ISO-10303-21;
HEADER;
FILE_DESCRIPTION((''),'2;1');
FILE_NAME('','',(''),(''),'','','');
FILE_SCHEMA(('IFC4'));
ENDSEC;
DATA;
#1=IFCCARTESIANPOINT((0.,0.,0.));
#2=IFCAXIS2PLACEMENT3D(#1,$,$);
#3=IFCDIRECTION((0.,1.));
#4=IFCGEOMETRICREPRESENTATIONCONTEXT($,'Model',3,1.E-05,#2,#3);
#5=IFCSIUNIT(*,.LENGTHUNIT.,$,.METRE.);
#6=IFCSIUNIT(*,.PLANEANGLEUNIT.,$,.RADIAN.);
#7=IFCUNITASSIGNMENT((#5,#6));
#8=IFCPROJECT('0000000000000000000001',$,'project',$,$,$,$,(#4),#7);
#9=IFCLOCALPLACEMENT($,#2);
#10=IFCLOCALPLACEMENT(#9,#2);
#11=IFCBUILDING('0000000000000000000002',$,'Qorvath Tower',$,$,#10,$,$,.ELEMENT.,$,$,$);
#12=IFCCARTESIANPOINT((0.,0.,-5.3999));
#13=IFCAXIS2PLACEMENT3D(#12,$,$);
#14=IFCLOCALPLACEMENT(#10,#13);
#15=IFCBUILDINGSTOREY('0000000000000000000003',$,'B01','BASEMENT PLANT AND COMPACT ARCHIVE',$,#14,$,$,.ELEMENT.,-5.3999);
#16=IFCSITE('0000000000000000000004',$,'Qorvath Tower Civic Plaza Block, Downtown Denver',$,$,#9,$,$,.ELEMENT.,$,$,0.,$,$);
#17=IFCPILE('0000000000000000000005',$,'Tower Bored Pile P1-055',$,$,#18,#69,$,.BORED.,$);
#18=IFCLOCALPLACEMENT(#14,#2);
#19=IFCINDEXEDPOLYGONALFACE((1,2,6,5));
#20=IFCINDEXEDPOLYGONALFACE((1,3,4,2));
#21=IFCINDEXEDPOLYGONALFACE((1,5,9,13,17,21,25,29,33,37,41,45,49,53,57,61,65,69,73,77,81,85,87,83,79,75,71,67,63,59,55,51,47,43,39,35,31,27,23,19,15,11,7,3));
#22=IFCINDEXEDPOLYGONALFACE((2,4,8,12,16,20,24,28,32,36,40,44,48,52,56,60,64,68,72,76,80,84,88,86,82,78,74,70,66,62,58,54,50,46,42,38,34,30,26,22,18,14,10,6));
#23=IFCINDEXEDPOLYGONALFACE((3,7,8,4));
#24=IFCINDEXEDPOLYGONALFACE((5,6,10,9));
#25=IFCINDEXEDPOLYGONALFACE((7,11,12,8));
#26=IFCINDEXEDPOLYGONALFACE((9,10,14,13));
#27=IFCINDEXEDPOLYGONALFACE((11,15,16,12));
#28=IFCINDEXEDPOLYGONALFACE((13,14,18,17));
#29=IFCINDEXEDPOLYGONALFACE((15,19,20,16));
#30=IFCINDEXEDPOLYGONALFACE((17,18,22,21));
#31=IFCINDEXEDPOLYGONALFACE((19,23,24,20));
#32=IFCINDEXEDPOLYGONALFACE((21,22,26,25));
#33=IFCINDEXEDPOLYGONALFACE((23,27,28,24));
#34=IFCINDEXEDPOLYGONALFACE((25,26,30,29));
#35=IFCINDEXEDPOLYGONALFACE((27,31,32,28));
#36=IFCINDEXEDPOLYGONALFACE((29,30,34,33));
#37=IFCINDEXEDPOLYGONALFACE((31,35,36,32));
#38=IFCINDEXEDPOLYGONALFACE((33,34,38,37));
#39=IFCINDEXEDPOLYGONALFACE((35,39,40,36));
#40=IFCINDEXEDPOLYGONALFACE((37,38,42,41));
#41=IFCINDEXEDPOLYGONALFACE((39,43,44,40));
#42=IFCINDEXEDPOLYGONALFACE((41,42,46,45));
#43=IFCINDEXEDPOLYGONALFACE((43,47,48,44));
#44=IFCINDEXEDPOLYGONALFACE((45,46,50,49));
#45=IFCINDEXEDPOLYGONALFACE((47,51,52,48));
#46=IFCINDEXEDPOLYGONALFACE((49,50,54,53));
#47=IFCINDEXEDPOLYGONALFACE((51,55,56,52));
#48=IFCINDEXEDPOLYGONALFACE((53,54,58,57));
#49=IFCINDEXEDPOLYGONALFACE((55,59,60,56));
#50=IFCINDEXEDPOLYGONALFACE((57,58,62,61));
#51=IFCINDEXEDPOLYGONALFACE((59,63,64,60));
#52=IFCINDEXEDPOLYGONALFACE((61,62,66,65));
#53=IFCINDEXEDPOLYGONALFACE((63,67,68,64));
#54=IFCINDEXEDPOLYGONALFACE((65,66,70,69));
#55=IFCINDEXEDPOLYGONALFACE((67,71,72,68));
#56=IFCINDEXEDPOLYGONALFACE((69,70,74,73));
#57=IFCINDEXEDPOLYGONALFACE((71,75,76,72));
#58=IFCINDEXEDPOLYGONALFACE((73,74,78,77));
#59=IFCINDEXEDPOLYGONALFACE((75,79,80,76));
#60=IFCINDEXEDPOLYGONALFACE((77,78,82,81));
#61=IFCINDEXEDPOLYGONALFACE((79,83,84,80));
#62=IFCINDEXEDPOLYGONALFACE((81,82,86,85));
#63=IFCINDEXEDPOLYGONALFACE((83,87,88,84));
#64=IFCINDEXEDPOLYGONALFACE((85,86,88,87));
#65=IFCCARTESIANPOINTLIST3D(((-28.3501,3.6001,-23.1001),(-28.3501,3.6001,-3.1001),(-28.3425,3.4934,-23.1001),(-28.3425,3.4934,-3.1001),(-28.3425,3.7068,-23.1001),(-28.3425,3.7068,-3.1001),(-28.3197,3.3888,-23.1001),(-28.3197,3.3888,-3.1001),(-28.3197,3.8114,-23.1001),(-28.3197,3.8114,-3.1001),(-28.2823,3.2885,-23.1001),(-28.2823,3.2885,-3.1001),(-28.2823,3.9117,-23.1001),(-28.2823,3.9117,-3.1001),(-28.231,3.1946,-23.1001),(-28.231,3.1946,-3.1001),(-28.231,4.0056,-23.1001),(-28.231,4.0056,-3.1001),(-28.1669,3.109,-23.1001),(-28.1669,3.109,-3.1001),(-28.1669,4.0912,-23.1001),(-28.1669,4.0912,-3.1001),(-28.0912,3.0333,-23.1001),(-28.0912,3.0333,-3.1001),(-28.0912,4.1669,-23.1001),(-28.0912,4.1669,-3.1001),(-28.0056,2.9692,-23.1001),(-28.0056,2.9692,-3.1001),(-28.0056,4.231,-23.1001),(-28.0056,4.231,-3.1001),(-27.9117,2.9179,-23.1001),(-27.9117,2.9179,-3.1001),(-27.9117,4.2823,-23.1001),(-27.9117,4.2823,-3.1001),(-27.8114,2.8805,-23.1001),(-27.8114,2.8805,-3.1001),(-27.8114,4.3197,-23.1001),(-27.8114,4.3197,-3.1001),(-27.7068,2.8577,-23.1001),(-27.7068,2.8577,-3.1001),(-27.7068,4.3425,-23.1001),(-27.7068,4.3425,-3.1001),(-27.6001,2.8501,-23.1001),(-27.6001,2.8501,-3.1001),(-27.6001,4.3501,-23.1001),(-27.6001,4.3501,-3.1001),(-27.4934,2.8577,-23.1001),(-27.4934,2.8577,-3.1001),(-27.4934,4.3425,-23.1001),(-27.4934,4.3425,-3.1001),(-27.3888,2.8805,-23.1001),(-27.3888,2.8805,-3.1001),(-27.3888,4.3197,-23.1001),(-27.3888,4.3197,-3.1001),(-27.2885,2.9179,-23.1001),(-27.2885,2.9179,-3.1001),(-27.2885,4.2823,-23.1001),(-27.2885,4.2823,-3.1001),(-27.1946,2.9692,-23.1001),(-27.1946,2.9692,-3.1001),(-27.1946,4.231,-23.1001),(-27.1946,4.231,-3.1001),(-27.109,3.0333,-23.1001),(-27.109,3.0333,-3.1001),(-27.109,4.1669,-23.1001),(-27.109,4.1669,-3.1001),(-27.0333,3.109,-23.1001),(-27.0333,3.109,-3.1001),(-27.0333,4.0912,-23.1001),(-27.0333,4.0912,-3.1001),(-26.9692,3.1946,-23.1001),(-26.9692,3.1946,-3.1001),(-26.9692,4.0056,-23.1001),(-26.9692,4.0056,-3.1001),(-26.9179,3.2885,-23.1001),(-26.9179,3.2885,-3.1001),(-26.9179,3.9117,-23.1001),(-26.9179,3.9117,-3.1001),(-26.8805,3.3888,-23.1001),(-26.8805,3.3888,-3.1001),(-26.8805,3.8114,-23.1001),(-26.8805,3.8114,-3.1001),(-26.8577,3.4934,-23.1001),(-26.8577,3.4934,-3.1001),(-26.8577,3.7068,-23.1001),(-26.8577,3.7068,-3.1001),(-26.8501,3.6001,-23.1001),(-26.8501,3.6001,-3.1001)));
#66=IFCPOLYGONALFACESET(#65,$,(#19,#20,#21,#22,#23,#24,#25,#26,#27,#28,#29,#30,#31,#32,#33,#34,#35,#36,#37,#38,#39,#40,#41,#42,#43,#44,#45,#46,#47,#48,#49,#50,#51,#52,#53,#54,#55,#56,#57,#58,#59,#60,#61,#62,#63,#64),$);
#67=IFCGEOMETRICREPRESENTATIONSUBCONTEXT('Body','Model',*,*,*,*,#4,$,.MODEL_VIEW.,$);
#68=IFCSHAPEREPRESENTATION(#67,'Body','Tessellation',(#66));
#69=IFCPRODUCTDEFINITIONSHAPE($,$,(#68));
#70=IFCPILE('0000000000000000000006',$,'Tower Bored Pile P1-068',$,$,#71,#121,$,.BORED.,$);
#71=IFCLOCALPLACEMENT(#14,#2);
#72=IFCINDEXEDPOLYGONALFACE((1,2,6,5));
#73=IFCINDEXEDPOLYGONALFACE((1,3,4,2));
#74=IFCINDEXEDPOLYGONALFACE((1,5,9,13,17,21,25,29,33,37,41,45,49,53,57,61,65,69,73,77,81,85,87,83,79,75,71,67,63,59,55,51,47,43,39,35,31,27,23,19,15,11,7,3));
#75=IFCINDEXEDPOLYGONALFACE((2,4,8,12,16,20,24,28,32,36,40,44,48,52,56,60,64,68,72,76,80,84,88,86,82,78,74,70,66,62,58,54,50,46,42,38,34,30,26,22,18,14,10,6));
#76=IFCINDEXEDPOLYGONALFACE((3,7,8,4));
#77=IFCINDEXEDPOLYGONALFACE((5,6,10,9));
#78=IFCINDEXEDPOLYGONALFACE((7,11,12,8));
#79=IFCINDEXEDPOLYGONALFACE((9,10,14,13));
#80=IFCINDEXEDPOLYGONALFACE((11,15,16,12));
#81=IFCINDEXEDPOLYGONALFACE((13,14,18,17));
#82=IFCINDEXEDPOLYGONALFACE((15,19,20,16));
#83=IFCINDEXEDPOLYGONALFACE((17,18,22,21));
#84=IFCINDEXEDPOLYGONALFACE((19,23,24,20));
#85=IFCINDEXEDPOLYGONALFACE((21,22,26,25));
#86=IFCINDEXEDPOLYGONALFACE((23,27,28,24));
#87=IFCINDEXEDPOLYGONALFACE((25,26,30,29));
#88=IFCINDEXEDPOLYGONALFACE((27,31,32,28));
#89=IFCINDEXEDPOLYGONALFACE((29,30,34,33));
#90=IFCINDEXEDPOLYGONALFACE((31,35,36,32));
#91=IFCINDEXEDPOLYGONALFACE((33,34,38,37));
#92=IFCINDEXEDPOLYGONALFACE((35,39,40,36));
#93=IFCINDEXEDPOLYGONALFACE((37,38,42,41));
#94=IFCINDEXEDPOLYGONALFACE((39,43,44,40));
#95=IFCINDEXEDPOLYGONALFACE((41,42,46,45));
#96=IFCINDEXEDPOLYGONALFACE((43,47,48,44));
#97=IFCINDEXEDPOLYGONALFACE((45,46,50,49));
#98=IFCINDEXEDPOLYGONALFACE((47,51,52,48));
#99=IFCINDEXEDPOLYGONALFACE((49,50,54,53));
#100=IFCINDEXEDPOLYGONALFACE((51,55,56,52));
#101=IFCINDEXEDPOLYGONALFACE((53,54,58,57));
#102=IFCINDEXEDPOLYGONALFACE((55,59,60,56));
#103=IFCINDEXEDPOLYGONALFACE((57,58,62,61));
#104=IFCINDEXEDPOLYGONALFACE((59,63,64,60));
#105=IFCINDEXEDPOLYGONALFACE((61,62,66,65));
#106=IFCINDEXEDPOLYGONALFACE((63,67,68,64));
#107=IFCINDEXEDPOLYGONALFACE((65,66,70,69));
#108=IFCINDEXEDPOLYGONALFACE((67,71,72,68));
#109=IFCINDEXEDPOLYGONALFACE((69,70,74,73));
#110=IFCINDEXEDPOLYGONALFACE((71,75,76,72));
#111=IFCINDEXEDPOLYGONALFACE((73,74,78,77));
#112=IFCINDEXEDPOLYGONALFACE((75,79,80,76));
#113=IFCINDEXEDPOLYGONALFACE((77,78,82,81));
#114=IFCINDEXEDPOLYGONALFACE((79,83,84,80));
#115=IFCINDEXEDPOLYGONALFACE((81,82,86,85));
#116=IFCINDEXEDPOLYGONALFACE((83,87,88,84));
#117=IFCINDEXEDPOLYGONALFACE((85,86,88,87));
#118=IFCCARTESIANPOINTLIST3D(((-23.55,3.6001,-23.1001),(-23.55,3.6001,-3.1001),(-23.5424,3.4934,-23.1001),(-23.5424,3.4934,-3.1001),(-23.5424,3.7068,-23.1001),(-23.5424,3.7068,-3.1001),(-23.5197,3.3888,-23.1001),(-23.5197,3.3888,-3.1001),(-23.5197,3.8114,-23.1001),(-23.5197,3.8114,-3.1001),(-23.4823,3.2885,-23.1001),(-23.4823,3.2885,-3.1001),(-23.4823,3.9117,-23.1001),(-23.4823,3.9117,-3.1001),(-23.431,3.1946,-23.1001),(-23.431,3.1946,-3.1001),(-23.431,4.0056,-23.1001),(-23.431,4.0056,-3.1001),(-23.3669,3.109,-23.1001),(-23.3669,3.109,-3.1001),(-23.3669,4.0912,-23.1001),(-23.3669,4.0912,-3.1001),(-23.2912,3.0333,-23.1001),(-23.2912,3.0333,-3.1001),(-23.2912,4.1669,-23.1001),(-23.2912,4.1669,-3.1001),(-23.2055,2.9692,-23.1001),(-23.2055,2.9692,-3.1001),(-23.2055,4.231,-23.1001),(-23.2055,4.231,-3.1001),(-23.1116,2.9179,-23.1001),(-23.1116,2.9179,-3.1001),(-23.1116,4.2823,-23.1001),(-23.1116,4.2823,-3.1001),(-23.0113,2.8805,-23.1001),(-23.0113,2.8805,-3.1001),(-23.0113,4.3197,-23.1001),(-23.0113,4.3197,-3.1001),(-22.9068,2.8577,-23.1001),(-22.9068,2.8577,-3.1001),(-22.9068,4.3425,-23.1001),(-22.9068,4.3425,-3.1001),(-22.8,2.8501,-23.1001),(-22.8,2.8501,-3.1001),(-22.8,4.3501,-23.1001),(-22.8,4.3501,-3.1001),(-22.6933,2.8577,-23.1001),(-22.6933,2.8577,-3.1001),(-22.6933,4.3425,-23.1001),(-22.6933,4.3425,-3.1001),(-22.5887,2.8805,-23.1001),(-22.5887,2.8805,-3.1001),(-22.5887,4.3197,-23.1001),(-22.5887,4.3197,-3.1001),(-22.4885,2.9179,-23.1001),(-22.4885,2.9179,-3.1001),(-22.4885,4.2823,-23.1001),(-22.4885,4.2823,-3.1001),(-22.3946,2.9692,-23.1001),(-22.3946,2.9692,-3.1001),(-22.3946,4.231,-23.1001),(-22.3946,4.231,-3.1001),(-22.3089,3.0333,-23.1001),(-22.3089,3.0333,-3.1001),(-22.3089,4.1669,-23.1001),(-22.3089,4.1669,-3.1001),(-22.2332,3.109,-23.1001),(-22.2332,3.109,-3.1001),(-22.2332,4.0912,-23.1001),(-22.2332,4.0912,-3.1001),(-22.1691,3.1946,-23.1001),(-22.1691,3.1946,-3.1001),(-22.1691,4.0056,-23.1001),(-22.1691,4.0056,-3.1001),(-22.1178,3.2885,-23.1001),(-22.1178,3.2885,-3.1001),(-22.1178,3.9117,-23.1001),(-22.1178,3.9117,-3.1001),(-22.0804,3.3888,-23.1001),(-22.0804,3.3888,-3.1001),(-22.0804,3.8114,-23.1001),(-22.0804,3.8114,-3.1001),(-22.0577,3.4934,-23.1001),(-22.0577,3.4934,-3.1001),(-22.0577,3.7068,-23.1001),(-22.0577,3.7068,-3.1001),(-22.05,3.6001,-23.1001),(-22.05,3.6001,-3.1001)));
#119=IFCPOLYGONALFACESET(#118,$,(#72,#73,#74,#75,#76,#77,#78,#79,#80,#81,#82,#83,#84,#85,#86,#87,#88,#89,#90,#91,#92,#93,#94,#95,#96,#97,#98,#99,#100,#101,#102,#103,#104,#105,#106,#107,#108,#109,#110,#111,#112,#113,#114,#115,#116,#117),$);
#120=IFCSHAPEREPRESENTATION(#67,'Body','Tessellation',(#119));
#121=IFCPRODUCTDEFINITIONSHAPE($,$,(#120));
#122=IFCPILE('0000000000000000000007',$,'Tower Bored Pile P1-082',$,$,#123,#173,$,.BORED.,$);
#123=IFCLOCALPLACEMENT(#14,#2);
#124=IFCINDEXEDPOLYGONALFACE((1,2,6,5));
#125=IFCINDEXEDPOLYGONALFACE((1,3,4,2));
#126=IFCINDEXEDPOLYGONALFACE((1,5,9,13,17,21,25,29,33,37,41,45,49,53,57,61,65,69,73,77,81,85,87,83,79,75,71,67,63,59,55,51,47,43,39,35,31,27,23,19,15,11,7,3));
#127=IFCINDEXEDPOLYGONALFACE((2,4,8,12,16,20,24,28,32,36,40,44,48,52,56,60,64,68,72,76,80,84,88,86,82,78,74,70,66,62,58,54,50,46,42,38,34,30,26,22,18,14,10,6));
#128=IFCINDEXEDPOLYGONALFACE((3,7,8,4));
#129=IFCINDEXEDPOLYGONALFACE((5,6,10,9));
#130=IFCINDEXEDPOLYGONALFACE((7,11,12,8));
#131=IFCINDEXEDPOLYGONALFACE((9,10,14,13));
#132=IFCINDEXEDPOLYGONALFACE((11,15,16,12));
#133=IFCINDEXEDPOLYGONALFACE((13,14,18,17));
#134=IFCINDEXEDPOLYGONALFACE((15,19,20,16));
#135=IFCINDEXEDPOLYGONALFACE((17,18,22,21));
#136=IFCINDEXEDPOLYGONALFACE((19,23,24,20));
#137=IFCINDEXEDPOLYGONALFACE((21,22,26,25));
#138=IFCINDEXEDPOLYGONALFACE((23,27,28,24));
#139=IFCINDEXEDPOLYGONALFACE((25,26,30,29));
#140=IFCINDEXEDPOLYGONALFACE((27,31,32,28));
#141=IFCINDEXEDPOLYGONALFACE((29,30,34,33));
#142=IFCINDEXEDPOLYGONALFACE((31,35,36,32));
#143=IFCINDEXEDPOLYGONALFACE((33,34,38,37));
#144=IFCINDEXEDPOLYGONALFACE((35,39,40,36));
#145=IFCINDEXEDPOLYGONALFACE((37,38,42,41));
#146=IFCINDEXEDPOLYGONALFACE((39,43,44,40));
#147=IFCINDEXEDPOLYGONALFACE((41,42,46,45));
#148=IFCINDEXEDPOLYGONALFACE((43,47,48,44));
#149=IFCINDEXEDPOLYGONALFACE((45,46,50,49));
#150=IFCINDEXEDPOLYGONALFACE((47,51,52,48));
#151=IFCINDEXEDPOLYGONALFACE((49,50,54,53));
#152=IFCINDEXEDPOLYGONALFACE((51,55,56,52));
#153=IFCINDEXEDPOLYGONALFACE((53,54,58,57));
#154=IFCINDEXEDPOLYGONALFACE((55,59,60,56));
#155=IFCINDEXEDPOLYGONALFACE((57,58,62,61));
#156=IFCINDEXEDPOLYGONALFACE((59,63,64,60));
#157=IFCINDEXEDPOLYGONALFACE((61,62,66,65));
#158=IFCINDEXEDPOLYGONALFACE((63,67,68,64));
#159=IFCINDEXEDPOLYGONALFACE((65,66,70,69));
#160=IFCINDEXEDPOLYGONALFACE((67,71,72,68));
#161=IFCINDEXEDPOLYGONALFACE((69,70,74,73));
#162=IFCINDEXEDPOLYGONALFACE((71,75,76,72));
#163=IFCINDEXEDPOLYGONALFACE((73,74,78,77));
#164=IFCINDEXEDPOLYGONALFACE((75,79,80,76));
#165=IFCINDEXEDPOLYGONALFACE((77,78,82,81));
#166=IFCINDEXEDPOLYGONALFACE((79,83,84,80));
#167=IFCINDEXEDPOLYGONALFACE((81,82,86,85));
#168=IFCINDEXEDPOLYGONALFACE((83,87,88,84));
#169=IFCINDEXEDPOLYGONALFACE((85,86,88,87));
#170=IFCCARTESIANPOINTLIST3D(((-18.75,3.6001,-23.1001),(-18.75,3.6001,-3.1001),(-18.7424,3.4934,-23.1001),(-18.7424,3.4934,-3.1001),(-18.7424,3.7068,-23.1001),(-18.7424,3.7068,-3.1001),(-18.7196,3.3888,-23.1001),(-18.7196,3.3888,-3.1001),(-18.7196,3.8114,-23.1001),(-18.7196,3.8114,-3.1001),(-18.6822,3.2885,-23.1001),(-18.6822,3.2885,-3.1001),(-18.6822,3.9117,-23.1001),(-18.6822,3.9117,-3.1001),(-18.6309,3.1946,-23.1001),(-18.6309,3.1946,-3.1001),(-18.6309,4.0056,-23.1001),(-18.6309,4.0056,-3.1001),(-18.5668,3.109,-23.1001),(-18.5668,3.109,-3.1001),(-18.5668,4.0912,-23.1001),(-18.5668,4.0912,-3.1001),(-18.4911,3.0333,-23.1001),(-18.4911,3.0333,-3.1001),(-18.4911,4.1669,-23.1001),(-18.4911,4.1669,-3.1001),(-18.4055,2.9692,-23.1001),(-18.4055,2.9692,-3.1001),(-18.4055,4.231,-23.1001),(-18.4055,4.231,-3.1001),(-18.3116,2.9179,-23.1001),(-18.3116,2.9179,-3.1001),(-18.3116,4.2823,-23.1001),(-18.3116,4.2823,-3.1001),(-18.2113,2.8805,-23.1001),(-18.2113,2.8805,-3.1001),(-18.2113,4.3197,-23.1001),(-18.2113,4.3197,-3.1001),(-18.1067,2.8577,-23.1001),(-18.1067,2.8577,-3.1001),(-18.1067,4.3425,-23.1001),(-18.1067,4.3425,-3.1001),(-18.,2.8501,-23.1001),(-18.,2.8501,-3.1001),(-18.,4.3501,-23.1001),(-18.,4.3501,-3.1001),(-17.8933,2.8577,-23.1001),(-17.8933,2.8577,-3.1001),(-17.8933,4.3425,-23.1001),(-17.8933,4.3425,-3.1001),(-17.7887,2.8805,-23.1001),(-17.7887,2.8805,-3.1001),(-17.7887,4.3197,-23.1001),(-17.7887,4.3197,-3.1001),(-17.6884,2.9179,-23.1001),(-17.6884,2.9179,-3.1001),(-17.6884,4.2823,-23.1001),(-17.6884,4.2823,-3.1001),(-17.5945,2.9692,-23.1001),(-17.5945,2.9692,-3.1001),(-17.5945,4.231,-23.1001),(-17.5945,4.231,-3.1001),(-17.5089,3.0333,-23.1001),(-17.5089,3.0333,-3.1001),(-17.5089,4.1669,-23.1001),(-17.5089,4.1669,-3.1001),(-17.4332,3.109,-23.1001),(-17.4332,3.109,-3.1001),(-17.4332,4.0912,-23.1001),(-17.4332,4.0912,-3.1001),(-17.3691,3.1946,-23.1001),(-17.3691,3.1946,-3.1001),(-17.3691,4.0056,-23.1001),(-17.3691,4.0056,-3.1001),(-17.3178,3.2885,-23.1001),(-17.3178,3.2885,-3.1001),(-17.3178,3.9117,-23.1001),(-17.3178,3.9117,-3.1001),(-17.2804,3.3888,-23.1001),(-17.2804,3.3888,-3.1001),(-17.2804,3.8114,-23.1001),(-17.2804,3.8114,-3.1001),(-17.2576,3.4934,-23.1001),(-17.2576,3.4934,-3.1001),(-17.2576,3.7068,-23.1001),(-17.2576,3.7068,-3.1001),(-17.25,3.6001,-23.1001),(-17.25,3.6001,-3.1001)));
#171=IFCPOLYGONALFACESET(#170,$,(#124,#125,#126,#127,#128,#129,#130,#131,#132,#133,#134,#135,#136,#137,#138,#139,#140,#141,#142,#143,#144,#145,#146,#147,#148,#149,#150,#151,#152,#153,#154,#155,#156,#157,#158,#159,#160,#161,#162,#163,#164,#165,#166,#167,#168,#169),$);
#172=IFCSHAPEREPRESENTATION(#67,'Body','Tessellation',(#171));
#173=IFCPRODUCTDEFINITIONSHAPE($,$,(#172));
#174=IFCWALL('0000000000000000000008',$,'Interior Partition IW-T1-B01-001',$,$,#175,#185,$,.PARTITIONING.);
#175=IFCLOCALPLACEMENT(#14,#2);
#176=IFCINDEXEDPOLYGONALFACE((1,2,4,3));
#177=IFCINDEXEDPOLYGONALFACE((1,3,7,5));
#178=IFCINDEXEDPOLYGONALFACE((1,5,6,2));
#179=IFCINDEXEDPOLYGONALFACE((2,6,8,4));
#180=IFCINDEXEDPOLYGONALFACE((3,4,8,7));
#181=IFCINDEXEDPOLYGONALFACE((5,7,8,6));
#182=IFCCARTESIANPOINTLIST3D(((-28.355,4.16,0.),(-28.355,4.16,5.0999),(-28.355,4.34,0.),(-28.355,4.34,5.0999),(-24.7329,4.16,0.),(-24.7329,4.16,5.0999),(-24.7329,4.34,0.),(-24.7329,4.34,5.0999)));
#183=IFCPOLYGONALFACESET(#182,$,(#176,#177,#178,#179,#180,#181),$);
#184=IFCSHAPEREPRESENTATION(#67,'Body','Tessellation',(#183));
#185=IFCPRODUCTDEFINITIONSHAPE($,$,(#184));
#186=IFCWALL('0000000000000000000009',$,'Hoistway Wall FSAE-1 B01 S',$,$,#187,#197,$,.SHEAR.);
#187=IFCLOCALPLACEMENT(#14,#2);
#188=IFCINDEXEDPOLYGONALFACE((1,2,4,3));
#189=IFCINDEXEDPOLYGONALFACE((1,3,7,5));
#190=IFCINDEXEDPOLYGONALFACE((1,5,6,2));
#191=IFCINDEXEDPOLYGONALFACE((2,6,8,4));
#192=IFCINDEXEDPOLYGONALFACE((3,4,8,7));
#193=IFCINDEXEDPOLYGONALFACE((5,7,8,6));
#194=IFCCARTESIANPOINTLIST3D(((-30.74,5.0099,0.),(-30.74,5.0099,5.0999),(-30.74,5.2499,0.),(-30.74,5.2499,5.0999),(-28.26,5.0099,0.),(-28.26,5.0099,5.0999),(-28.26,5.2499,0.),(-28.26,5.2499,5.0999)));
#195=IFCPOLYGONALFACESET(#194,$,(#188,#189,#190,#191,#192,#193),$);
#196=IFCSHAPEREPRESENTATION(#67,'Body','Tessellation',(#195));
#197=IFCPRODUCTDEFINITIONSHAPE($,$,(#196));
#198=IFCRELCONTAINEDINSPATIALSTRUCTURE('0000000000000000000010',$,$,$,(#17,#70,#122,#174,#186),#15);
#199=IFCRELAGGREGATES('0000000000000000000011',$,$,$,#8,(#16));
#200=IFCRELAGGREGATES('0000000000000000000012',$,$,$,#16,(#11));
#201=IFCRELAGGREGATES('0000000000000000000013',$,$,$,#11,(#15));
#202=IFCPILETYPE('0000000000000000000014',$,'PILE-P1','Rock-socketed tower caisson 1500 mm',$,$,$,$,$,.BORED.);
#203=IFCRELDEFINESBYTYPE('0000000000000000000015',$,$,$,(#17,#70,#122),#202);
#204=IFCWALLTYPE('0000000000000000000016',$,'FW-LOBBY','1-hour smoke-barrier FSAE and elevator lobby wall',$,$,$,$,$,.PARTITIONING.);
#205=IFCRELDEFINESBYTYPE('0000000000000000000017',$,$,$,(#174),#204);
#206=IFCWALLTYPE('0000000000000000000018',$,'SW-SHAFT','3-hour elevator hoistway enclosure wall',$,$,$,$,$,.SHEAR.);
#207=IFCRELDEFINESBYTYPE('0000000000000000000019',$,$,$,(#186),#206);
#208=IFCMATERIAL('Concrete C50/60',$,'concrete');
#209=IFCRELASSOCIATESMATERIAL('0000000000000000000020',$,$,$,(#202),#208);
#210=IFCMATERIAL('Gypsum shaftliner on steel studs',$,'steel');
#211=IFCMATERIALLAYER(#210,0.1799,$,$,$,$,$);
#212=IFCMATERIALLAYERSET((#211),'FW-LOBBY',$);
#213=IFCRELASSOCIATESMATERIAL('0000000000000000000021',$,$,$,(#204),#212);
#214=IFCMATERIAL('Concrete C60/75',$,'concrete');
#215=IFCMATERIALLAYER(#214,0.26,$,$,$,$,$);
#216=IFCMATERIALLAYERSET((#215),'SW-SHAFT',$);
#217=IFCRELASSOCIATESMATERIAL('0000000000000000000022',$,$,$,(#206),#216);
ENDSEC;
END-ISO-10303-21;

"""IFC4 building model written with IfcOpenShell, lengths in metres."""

from ifc_helpers import new_model, si_unit, direction, frame, frame_2d, origin, origin_2d, place, context, subcontext, project, spatial, rectangle, circle, extrude, material, layer, layer_set, material_profile, profile_set, type_object, element, save


model = new_model("IFC4")

# Units and contexts
model_context = context("Model", 3, precision=1e-05, world=origin(), true_north=direction((0.0, 1.0)))
body_context = subcontext(model_context, "Body", "Model", "MODEL_VIEW")
ifc_project = project(units=[si_unit("LENGTHUNIT", "METRE"), si_unit("PLANEANGLEUNIT", "RADIAN")], contexts=[model_context])

# Site, building, storey
site_placement = place(None, origin())
site = spatial("IfcSite", under=ifc_project, at=site_placement, Name="Qorvath Tower Civic Plaza Block, Downtown Denver", CompositionType="ELEMENT", RefElevation=0.0)
building_placement = place(site_placement, origin())
building = spatial("IfcBuilding", under=site, at=building_placement, Name="Qorvath Tower", CompositionType="ELEMENT")
storey_placement = place(building_placement, frame((0.0, 0.0, -5.3999)))
storey = spatial("IfcBuildingStorey", under=building, at=storey_placement, Name="B01", Description="BASEMENT PLANT AND COMPACT ARCHIVE", CompositionType="ELEMENT", Elevation=-5.3999)

# Piles
ifc_material_1 = material(Name="Concrete C50/60", Category="concrete")
ifc_material_profile = material_profile(ifc_material_1, circle(Radius=0.75, at=origin_2d()), Name="BORED PILE 1500")
ifc_profile_set = profile_set([ifc_material_profile], Name="Concrete C50/60")
pile_type = type_object("IfcPileType", Name="PILE-P1", Description="Rock-socketed tower caisson 1500 mm", PredefinedType="BORED", material=ifc_profile_set)
for number, where, z_axis, x_axis, name in (
    (1, (-27.6001, 3.6001, -3.1001), (0.0, 0.0, -1.0), (1.0, 0.0, 0.0), "Tower Bored Pile P1-055"),
    (2, (-22.8, 3.6001, -3.1001), (0.0, 0.0, -1.0), (1.0, 0.0, 0.0), "Tower Bored Pile P1-068"),
    (3, (-18.0, 3.6001, -3.1001), (0.0, 0.0, -1.0), (1.0, 0.0, 0.0), "Tower Bored Pile P1-082"),
):
    element("IfcPile", number, at=place(storey_placement, frame(where, z_axis=z_axis, x_axis=x_axis)), inside=storey, type_object=pile_type, Name=name, PredefinedType="BORED", context=body_context, shape_type="SweptSolid", body=[
        extrude(circle(Radius=0.75, at=origin_2d()), origin(), (0.0, 0.0, 1.0), 20.0),
    ])

# Walls
ifc_material_2 = material(Name="Gypsum shaftliner on steel studs", Category="steel")
ifc_layer_1 = layer(ifc_material_2, 0.1799)
ifc_layer_set_1 = layer_set([ifc_layer_1], Name="FW-LOBBY")
wall_type_1 = type_object("IfcWallType", Name="FW-LOBBY", Description="1-hour smoke-barrier FSAE and elevator lobby wall", PredefinedType="PARTITIONING", material=ifc_layer_set_1)
wall_1_placement = place(storey_placement, frame((-28.355, 4.25, 0.0), z_axis=(0.0, 0.0, 1.0), x_axis=(1.0, 0.0, 0.0)))
element("IfcWall", 4, at=wall_1_placement, inside=storey, type_object=wall_type_1, Name="Interior Partition IW-T1-B01-001", PredefinedType="PARTITIONING", context=body_context, shape_type="SweptSolid", body=[
    extrude(rectangle(XDim=3.6221, YDim=0.1799, at=frame_2d((1.811, 0.0))), origin(), (0.0, 0.0, 1.0), 5.0999),
])
ifc_material_3 = material(Name="Concrete C60/75", Category="concrete")
ifc_layer_2 = layer(ifc_material_3, 0.26)
ifc_layer_set_2 = layer_set([ifc_layer_2], Name="SW-SHAFT")
wall_type_2 = type_object("IfcWallType", Name="SW-SHAFT", Description="3-hour elevator hoistway enclosure wall", PredefinedType="SHEAR", material=ifc_layer_set_2)
wall_2_placement = place(storey_placement, frame((-28.26, 5.1299, 0.0), z_axis=(0.0, 0.0, 1.0), x_axis=(-1.0, 0.0, 0.0)))
element("IfcWall", 5, at=wall_2_placement, inside=storey, type_object=wall_type_2, Name="Hoistway Wall FSAE-1 B01 S", PredefinedType="SHEAR", context=body_context, shape_type="SweptSolid", body=[
    extrude(rectangle(XDim=2.48, YDim=0.24, at=frame_2d((1.24, 0.0))), origin(), (0.0, 0.0, 1.0), 5.0999),
])

save(model, "model.ifc")
